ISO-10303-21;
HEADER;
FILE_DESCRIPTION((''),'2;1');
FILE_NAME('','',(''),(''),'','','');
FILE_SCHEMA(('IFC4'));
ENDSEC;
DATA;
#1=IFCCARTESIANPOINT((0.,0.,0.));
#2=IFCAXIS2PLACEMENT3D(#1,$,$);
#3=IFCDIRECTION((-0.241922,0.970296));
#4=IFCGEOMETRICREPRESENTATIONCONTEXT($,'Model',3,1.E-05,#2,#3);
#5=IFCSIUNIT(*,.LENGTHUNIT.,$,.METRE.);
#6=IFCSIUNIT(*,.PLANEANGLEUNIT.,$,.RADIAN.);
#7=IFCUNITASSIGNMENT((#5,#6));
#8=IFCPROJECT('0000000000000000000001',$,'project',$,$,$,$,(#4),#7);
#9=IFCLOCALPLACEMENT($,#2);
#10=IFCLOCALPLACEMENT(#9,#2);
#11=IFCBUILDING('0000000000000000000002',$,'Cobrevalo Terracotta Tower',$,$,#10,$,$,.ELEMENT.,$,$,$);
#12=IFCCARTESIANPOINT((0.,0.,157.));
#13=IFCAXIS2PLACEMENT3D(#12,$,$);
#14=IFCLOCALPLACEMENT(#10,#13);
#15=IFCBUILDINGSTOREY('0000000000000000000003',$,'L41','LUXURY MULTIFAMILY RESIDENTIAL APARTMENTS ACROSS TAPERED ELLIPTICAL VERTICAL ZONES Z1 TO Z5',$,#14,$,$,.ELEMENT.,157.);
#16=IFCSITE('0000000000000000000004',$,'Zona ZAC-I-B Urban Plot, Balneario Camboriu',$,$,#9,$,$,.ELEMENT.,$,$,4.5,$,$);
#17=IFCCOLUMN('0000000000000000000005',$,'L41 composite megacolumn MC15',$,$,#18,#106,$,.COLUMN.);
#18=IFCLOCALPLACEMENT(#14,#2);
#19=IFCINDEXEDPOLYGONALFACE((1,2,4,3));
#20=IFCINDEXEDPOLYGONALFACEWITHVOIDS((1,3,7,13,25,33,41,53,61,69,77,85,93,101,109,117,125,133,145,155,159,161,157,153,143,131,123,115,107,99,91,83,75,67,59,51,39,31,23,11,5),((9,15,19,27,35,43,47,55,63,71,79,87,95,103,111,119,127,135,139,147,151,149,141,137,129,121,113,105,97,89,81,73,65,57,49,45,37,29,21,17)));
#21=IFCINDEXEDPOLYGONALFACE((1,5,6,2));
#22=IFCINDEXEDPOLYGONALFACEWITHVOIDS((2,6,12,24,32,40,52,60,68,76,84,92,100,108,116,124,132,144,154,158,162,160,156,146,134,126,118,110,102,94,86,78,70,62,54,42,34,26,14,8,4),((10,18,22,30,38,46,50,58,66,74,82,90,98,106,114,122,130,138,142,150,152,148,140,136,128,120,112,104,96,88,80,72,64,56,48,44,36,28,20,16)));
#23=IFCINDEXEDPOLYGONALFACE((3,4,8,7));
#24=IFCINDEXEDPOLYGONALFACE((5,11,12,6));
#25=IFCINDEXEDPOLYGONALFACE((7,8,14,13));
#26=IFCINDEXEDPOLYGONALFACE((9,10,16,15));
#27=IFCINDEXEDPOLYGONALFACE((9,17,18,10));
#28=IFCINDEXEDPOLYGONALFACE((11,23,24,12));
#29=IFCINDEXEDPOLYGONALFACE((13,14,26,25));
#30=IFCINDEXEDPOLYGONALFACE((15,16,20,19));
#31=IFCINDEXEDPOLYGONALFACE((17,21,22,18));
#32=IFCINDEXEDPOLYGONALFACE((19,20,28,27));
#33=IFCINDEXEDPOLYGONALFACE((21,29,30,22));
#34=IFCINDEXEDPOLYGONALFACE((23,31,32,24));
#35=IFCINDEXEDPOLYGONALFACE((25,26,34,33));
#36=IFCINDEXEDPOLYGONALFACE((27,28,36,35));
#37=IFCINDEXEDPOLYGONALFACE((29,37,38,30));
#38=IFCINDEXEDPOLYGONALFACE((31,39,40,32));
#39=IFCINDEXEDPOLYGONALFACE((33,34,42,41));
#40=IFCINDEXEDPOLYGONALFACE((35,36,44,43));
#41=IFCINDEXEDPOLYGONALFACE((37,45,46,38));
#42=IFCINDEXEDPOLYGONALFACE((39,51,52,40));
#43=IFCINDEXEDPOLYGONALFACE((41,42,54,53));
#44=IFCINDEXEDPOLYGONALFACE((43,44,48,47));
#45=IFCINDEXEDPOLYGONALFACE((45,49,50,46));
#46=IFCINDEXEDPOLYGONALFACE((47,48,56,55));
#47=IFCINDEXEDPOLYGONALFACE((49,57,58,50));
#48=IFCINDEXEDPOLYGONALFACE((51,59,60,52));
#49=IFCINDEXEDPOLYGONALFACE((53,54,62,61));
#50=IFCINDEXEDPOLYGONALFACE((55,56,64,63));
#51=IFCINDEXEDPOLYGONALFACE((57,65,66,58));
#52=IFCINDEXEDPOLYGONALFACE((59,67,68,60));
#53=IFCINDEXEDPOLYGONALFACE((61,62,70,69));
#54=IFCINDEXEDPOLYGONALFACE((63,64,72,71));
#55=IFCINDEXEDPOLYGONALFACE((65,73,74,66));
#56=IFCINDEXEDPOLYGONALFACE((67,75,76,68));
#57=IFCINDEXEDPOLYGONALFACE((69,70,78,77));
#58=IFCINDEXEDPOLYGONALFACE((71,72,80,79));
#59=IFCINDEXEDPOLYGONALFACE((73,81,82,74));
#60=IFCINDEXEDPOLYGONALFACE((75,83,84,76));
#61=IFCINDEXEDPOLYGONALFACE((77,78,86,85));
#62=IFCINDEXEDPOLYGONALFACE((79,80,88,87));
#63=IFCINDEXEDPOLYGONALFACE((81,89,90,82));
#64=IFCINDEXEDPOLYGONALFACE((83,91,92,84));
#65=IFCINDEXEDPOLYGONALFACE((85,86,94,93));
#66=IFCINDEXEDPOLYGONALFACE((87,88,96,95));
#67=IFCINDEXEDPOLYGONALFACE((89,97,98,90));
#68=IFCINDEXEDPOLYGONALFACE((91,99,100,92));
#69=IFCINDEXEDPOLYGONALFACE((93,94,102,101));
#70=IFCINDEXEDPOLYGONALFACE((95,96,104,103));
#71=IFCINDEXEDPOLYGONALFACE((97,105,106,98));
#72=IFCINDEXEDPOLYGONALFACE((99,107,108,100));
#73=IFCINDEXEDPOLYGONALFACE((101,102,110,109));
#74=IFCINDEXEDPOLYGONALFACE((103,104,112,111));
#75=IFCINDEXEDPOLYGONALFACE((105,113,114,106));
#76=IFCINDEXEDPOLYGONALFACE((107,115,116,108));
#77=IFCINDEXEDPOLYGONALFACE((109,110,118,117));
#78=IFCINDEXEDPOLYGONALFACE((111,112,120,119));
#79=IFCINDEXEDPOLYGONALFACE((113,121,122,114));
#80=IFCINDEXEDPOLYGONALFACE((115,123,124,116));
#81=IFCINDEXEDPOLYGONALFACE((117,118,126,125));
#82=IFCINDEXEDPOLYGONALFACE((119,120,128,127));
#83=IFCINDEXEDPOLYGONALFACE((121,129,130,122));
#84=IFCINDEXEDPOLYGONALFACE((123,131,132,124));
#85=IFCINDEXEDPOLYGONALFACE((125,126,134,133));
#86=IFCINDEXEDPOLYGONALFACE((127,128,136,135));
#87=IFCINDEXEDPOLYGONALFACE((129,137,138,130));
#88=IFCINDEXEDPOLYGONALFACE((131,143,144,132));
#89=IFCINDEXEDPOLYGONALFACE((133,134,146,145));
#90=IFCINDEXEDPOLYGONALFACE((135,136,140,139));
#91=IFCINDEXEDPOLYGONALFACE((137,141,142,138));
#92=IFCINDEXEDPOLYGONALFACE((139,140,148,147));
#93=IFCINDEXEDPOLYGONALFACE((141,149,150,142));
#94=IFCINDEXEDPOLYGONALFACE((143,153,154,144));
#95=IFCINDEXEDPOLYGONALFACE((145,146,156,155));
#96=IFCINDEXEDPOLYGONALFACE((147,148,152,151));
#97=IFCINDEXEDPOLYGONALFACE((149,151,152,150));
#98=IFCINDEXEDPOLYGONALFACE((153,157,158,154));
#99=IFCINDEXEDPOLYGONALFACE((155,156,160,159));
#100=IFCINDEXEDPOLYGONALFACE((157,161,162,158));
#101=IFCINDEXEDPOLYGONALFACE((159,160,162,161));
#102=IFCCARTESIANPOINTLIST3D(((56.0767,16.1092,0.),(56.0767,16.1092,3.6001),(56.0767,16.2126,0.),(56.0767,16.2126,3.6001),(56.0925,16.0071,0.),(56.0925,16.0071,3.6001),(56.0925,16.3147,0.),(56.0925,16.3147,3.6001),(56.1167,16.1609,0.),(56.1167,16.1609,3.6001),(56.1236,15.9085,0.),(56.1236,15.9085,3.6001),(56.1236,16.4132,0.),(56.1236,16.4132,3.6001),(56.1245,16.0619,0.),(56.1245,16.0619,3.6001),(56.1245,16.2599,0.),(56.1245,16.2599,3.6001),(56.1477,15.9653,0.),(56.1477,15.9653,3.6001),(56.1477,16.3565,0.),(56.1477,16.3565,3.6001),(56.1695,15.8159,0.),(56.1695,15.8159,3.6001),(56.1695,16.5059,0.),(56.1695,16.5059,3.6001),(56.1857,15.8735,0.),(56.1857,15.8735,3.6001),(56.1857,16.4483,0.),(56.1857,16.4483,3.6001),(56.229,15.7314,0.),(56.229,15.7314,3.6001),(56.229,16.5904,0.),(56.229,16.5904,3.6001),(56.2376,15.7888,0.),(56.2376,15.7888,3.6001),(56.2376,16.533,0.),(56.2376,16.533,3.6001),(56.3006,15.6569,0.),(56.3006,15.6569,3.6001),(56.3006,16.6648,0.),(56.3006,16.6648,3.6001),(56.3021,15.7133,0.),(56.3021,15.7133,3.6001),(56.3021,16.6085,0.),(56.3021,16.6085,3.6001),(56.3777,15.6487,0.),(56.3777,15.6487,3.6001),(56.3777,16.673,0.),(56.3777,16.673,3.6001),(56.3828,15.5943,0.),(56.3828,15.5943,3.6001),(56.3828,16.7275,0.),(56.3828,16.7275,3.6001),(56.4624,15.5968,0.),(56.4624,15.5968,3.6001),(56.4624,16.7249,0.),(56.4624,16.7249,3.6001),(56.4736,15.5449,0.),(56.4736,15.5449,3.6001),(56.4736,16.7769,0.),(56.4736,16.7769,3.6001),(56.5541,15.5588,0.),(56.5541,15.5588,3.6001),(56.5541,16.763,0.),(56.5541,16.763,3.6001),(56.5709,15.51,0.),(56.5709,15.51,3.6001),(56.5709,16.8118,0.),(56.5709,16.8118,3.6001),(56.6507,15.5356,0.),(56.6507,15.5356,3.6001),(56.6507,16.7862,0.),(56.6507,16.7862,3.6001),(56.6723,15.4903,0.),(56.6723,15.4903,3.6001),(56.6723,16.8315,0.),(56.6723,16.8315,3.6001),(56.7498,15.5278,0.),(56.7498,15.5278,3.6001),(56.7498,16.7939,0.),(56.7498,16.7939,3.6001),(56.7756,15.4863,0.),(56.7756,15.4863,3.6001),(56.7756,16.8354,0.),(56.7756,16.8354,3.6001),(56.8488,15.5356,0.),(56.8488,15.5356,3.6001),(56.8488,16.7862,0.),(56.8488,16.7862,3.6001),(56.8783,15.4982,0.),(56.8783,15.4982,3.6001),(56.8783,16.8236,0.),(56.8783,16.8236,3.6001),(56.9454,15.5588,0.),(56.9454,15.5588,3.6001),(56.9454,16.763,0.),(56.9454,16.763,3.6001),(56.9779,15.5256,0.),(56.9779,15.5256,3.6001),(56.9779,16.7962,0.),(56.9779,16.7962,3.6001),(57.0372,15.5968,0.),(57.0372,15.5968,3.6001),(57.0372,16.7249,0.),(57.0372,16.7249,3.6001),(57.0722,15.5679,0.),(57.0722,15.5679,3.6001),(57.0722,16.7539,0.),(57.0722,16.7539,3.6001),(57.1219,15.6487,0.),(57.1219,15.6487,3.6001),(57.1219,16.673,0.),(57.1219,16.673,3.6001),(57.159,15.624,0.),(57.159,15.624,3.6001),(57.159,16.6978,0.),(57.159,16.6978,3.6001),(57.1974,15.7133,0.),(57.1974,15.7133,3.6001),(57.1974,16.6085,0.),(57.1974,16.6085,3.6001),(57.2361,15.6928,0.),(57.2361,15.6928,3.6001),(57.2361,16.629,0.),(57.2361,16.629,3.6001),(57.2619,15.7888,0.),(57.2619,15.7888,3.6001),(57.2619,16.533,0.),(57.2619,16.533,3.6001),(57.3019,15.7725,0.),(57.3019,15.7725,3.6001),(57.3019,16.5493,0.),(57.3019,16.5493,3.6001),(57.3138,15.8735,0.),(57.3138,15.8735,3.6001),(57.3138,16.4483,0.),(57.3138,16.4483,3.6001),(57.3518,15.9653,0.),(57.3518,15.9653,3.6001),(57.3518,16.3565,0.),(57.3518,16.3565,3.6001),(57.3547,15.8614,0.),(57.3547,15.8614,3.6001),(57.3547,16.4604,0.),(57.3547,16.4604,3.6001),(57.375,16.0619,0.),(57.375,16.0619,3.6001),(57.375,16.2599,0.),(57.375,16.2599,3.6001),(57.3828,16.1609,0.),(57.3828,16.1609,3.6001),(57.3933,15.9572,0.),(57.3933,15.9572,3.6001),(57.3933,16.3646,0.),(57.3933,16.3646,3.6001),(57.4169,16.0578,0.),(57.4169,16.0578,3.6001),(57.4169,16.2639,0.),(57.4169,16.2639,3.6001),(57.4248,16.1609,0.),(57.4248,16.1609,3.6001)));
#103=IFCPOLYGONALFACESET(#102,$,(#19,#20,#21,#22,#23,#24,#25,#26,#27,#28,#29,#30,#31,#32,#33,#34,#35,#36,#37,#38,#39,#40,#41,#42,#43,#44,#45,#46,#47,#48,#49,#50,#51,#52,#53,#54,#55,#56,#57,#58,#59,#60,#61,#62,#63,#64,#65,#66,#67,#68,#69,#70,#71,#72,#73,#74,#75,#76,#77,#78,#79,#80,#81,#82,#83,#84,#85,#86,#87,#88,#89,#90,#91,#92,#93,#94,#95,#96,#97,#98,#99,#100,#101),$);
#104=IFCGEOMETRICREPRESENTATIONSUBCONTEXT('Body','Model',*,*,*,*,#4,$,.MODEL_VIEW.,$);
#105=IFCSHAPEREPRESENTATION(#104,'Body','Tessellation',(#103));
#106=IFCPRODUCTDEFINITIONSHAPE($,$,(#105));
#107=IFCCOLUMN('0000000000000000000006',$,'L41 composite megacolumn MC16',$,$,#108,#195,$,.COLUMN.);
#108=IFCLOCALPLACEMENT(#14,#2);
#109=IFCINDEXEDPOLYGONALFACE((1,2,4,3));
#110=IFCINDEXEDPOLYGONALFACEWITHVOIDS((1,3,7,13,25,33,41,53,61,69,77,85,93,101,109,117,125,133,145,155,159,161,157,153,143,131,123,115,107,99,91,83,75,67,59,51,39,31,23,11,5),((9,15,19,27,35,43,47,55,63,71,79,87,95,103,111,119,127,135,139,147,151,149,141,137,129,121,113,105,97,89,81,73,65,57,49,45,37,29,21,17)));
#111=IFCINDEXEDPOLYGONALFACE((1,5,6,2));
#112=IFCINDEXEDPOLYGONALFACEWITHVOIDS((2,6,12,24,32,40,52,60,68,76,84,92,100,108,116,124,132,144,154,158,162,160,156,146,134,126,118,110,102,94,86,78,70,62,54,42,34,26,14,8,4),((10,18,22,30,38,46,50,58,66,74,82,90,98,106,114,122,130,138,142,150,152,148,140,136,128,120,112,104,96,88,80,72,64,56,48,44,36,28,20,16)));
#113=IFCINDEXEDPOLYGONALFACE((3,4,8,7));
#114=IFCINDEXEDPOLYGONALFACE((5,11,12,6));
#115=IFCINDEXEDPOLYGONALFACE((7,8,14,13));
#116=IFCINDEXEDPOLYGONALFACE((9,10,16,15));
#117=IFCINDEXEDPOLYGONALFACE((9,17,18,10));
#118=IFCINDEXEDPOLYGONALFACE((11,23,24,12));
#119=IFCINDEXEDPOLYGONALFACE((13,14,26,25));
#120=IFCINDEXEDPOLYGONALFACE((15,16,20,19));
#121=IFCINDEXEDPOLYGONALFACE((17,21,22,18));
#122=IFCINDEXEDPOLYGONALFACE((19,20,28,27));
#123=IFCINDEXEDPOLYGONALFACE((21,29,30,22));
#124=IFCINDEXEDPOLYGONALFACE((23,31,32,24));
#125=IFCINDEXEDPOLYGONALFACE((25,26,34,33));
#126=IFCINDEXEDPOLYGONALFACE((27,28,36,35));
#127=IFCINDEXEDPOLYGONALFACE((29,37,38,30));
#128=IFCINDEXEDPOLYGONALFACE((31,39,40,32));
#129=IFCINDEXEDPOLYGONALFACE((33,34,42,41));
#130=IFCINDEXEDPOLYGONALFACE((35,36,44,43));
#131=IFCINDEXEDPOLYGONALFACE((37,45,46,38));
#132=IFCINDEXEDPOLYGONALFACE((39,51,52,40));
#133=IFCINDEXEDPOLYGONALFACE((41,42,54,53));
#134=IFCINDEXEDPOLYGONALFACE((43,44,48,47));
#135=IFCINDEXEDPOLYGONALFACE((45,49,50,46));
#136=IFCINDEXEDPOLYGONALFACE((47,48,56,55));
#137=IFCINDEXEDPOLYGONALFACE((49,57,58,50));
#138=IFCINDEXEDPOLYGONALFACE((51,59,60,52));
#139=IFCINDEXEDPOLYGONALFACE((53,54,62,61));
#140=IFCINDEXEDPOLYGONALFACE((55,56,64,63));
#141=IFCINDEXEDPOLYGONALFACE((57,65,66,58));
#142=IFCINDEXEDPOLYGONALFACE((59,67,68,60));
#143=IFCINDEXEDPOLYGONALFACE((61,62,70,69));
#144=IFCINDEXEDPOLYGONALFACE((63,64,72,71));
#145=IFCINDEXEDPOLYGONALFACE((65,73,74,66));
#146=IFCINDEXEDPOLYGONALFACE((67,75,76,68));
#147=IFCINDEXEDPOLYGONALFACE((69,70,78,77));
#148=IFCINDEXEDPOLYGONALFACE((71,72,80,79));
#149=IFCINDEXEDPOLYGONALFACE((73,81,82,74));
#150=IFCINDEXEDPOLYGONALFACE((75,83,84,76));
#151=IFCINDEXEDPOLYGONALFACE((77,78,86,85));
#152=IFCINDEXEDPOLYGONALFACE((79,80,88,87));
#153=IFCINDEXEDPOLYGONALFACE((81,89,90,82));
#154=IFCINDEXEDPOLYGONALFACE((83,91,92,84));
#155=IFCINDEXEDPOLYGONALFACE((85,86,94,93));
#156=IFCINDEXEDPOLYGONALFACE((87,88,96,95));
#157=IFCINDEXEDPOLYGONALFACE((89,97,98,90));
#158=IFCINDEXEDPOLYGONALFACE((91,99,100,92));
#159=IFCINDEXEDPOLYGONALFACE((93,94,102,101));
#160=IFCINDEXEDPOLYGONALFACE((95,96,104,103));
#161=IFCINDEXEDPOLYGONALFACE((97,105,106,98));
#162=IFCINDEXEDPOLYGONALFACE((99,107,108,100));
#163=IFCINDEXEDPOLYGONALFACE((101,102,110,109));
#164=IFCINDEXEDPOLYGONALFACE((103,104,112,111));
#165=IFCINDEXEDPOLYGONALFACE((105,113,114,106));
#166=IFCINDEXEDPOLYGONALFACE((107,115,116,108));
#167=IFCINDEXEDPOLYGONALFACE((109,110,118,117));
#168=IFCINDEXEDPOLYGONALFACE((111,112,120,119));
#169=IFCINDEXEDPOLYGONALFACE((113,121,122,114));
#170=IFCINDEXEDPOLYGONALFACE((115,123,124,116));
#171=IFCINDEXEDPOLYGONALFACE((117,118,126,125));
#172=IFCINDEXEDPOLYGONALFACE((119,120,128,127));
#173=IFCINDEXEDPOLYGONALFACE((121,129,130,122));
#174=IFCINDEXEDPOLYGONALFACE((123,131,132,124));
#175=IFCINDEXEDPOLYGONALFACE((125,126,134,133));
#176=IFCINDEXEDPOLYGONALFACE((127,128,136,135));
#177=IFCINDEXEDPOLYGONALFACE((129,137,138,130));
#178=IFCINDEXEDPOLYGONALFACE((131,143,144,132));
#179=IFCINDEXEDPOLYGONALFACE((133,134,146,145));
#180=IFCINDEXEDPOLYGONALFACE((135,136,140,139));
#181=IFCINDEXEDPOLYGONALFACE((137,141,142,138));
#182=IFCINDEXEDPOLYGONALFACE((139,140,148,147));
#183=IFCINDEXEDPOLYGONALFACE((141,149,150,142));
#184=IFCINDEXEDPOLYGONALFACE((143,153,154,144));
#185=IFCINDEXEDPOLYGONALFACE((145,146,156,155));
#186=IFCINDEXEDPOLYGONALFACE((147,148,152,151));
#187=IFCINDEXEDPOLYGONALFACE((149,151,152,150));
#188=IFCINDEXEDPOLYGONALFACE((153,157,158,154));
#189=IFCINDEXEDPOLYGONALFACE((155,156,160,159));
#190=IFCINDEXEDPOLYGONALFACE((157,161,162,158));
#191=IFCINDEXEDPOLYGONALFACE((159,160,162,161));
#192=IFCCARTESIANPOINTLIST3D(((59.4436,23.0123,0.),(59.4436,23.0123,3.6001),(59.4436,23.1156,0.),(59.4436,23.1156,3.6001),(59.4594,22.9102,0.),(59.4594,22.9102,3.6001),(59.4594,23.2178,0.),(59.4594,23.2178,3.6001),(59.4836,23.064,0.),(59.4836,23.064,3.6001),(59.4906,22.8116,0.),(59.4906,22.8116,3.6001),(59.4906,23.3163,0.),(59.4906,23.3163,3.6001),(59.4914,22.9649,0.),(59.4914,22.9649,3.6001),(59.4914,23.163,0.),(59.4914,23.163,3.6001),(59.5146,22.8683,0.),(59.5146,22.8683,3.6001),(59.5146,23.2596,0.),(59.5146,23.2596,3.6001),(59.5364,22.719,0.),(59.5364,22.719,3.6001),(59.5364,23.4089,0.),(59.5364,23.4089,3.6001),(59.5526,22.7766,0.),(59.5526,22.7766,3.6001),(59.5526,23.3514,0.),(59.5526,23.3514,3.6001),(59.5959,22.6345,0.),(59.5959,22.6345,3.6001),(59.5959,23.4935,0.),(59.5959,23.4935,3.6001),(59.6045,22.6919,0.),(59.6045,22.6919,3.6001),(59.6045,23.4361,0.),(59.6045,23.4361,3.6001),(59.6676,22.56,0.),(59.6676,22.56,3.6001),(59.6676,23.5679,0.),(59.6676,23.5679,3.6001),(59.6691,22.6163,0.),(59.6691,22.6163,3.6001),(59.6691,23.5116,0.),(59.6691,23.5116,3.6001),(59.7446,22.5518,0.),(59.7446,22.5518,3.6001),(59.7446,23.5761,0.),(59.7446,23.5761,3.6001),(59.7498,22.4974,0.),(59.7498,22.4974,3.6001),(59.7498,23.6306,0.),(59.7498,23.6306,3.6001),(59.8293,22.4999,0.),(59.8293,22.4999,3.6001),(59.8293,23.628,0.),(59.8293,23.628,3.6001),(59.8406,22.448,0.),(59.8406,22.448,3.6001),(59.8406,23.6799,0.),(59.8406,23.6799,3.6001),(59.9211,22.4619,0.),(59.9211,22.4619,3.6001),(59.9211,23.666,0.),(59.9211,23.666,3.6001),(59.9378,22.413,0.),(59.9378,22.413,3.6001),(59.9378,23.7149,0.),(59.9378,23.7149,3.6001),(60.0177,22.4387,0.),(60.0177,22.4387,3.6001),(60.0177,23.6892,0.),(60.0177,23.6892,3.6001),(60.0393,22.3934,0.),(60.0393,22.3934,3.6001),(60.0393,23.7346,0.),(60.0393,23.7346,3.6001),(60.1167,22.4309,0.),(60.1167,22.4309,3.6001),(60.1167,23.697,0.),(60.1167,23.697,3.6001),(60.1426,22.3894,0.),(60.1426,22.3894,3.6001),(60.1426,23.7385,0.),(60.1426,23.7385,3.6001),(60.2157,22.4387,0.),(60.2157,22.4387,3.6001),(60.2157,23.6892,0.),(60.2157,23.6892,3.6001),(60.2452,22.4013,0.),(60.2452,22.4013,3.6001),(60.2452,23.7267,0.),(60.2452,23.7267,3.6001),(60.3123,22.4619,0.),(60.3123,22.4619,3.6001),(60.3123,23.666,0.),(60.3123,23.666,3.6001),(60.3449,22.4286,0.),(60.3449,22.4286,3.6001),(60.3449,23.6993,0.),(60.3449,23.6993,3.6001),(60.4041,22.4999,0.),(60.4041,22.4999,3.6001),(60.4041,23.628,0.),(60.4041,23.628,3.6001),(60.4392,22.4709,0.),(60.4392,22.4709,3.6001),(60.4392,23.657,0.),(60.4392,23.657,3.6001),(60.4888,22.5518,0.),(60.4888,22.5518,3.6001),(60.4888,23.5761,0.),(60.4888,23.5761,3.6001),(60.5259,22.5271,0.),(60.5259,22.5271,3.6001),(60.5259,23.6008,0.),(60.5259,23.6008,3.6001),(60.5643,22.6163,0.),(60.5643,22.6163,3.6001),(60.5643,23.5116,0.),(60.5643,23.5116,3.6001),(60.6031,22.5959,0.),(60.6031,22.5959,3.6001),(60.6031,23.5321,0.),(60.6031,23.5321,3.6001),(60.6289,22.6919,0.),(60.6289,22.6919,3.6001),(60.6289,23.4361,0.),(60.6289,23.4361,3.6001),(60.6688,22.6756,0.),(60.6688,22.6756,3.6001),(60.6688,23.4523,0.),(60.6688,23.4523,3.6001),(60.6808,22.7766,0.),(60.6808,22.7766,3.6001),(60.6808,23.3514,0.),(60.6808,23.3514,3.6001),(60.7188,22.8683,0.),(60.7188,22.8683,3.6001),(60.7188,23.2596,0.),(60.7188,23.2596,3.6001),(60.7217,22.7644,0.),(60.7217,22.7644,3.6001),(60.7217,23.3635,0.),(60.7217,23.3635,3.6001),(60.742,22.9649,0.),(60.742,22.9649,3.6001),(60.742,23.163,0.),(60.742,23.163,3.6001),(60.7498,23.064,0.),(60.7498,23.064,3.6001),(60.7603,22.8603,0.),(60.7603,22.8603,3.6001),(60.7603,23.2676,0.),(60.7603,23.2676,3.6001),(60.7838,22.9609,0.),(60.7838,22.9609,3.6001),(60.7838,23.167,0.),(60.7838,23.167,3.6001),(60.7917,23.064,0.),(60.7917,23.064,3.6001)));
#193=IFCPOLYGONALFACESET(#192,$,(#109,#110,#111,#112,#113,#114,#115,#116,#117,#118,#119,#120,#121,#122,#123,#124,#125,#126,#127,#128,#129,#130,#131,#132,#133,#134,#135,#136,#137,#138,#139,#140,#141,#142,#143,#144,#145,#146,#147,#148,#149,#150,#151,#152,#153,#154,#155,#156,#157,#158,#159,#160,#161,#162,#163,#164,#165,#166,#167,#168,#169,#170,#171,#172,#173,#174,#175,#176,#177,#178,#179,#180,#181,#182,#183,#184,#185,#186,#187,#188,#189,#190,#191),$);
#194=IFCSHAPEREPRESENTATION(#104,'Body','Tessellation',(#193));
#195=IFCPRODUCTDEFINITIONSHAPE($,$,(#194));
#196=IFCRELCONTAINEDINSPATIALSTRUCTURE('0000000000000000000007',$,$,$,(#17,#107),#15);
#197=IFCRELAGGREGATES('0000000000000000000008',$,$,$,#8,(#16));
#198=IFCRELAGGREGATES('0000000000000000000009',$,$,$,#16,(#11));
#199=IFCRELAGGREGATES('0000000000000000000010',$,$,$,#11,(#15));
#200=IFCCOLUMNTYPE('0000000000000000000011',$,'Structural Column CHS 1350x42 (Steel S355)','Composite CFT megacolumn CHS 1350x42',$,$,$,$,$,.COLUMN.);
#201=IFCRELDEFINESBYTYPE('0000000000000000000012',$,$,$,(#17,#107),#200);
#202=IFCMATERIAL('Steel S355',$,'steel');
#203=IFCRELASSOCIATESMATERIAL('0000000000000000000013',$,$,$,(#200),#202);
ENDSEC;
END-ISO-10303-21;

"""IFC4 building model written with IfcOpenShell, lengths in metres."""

from ifc_helpers import new_model, si_unit, direction, frame, origin, origin_2d, place, context, subcontext, project, spatial, hollow_circle, extrude, material, material_profile, profile_set, type_object, element, save


model = new_model("IFC4")

# Units and contexts
model_context = context("Model", 3, precision=1e-05, world=origin(), true_north=direction((-0.241922, 0.970296)))
body_context = subcontext(model_context, "Body", "Model", "MODEL_VIEW")
ifc_project = project(units=[si_unit("LENGTHUNIT", "METRE"), si_unit("PLANEANGLEUNIT", "RADIAN")], contexts=[model_context])

# Site, building, storey
site_placement = place(None, origin())
site = spatial("IfcSite", under=ifc_project, at=site_placement, Name="Zona ZAC-I-B Urban Plot, Balneario Camboriu", CompositionType="ELEMENT", RefElevation=4.5)
building_placement = place(site_placement, origin())
building = spatial("IfcBuilding", under=site, at=building_placement, Name="Cobrevalo Terracotta Tower", CompositionType="ELEMENT")
storey_placement = place(building_placement, frame((0.0, 0.0, 157.0)))
storey = spatial("IfcBuildingStorey", under=building, at=storey_placement, Name="L41", Description="LUXURY MULTIFAMILY RESIDENTIAL APARTMENTS ACROSS TAPERED ELLIPTICAL VERTICAL ZONES Z1 TO Z5", CompositionType="ELEMENT", Elevation=157.0)

# Columns
ifc_material_1 = material(Name="Steel S355", Category="steel")
ifc_material_profile_1 = material_profile(ifc_material_1, hollow_circle(Radius=0.675, WallThickness=0.042, at=origin_2d()), Name="CHS 1350x42")
ifc_profile_set_1 = profile_set([ifc_material_profile_1], Name="Steel S355")
column_type_1 = type_object("IfcColumnType", Name="Structural Column CHS 1350x42 (Steel S355)", Description="Composite CFT megacolumn CHS 1350x42", PredefinedType="COLUMN", material=ifc_profile_set_1)
for number, where, z_axis, x_axis, name in (
    (1, (56.7498, 16.1609, 0.0), (0.0, 0.0, 1.0), (1.0, 0.0, 0.0), "L41 composite megacolumn MC15"),
    (2, (60.1167, 23.064, 0.0), (0.0, 0.0, 1.0), (1.0, 0.0, 0.0), "L41 composite megacolumn MC16"),
):
    element("IfcColumn", number, at=place(storey_placement, frame(where, z_axis=z_axis, x_axis=x_axis)), inside=storey, type_object=column_type_1, Name=name, PredefinedType="COLUMN", context=body_context, shape_type="SweptSolid", body=[
        extrude(hollow_circle(Radius=0.675, WallThickness=0.042, at=origin_2d()), origin(), (0.0, 0.0, 1.0), 3.6001),
    ])

save(model, "model.ifc")
